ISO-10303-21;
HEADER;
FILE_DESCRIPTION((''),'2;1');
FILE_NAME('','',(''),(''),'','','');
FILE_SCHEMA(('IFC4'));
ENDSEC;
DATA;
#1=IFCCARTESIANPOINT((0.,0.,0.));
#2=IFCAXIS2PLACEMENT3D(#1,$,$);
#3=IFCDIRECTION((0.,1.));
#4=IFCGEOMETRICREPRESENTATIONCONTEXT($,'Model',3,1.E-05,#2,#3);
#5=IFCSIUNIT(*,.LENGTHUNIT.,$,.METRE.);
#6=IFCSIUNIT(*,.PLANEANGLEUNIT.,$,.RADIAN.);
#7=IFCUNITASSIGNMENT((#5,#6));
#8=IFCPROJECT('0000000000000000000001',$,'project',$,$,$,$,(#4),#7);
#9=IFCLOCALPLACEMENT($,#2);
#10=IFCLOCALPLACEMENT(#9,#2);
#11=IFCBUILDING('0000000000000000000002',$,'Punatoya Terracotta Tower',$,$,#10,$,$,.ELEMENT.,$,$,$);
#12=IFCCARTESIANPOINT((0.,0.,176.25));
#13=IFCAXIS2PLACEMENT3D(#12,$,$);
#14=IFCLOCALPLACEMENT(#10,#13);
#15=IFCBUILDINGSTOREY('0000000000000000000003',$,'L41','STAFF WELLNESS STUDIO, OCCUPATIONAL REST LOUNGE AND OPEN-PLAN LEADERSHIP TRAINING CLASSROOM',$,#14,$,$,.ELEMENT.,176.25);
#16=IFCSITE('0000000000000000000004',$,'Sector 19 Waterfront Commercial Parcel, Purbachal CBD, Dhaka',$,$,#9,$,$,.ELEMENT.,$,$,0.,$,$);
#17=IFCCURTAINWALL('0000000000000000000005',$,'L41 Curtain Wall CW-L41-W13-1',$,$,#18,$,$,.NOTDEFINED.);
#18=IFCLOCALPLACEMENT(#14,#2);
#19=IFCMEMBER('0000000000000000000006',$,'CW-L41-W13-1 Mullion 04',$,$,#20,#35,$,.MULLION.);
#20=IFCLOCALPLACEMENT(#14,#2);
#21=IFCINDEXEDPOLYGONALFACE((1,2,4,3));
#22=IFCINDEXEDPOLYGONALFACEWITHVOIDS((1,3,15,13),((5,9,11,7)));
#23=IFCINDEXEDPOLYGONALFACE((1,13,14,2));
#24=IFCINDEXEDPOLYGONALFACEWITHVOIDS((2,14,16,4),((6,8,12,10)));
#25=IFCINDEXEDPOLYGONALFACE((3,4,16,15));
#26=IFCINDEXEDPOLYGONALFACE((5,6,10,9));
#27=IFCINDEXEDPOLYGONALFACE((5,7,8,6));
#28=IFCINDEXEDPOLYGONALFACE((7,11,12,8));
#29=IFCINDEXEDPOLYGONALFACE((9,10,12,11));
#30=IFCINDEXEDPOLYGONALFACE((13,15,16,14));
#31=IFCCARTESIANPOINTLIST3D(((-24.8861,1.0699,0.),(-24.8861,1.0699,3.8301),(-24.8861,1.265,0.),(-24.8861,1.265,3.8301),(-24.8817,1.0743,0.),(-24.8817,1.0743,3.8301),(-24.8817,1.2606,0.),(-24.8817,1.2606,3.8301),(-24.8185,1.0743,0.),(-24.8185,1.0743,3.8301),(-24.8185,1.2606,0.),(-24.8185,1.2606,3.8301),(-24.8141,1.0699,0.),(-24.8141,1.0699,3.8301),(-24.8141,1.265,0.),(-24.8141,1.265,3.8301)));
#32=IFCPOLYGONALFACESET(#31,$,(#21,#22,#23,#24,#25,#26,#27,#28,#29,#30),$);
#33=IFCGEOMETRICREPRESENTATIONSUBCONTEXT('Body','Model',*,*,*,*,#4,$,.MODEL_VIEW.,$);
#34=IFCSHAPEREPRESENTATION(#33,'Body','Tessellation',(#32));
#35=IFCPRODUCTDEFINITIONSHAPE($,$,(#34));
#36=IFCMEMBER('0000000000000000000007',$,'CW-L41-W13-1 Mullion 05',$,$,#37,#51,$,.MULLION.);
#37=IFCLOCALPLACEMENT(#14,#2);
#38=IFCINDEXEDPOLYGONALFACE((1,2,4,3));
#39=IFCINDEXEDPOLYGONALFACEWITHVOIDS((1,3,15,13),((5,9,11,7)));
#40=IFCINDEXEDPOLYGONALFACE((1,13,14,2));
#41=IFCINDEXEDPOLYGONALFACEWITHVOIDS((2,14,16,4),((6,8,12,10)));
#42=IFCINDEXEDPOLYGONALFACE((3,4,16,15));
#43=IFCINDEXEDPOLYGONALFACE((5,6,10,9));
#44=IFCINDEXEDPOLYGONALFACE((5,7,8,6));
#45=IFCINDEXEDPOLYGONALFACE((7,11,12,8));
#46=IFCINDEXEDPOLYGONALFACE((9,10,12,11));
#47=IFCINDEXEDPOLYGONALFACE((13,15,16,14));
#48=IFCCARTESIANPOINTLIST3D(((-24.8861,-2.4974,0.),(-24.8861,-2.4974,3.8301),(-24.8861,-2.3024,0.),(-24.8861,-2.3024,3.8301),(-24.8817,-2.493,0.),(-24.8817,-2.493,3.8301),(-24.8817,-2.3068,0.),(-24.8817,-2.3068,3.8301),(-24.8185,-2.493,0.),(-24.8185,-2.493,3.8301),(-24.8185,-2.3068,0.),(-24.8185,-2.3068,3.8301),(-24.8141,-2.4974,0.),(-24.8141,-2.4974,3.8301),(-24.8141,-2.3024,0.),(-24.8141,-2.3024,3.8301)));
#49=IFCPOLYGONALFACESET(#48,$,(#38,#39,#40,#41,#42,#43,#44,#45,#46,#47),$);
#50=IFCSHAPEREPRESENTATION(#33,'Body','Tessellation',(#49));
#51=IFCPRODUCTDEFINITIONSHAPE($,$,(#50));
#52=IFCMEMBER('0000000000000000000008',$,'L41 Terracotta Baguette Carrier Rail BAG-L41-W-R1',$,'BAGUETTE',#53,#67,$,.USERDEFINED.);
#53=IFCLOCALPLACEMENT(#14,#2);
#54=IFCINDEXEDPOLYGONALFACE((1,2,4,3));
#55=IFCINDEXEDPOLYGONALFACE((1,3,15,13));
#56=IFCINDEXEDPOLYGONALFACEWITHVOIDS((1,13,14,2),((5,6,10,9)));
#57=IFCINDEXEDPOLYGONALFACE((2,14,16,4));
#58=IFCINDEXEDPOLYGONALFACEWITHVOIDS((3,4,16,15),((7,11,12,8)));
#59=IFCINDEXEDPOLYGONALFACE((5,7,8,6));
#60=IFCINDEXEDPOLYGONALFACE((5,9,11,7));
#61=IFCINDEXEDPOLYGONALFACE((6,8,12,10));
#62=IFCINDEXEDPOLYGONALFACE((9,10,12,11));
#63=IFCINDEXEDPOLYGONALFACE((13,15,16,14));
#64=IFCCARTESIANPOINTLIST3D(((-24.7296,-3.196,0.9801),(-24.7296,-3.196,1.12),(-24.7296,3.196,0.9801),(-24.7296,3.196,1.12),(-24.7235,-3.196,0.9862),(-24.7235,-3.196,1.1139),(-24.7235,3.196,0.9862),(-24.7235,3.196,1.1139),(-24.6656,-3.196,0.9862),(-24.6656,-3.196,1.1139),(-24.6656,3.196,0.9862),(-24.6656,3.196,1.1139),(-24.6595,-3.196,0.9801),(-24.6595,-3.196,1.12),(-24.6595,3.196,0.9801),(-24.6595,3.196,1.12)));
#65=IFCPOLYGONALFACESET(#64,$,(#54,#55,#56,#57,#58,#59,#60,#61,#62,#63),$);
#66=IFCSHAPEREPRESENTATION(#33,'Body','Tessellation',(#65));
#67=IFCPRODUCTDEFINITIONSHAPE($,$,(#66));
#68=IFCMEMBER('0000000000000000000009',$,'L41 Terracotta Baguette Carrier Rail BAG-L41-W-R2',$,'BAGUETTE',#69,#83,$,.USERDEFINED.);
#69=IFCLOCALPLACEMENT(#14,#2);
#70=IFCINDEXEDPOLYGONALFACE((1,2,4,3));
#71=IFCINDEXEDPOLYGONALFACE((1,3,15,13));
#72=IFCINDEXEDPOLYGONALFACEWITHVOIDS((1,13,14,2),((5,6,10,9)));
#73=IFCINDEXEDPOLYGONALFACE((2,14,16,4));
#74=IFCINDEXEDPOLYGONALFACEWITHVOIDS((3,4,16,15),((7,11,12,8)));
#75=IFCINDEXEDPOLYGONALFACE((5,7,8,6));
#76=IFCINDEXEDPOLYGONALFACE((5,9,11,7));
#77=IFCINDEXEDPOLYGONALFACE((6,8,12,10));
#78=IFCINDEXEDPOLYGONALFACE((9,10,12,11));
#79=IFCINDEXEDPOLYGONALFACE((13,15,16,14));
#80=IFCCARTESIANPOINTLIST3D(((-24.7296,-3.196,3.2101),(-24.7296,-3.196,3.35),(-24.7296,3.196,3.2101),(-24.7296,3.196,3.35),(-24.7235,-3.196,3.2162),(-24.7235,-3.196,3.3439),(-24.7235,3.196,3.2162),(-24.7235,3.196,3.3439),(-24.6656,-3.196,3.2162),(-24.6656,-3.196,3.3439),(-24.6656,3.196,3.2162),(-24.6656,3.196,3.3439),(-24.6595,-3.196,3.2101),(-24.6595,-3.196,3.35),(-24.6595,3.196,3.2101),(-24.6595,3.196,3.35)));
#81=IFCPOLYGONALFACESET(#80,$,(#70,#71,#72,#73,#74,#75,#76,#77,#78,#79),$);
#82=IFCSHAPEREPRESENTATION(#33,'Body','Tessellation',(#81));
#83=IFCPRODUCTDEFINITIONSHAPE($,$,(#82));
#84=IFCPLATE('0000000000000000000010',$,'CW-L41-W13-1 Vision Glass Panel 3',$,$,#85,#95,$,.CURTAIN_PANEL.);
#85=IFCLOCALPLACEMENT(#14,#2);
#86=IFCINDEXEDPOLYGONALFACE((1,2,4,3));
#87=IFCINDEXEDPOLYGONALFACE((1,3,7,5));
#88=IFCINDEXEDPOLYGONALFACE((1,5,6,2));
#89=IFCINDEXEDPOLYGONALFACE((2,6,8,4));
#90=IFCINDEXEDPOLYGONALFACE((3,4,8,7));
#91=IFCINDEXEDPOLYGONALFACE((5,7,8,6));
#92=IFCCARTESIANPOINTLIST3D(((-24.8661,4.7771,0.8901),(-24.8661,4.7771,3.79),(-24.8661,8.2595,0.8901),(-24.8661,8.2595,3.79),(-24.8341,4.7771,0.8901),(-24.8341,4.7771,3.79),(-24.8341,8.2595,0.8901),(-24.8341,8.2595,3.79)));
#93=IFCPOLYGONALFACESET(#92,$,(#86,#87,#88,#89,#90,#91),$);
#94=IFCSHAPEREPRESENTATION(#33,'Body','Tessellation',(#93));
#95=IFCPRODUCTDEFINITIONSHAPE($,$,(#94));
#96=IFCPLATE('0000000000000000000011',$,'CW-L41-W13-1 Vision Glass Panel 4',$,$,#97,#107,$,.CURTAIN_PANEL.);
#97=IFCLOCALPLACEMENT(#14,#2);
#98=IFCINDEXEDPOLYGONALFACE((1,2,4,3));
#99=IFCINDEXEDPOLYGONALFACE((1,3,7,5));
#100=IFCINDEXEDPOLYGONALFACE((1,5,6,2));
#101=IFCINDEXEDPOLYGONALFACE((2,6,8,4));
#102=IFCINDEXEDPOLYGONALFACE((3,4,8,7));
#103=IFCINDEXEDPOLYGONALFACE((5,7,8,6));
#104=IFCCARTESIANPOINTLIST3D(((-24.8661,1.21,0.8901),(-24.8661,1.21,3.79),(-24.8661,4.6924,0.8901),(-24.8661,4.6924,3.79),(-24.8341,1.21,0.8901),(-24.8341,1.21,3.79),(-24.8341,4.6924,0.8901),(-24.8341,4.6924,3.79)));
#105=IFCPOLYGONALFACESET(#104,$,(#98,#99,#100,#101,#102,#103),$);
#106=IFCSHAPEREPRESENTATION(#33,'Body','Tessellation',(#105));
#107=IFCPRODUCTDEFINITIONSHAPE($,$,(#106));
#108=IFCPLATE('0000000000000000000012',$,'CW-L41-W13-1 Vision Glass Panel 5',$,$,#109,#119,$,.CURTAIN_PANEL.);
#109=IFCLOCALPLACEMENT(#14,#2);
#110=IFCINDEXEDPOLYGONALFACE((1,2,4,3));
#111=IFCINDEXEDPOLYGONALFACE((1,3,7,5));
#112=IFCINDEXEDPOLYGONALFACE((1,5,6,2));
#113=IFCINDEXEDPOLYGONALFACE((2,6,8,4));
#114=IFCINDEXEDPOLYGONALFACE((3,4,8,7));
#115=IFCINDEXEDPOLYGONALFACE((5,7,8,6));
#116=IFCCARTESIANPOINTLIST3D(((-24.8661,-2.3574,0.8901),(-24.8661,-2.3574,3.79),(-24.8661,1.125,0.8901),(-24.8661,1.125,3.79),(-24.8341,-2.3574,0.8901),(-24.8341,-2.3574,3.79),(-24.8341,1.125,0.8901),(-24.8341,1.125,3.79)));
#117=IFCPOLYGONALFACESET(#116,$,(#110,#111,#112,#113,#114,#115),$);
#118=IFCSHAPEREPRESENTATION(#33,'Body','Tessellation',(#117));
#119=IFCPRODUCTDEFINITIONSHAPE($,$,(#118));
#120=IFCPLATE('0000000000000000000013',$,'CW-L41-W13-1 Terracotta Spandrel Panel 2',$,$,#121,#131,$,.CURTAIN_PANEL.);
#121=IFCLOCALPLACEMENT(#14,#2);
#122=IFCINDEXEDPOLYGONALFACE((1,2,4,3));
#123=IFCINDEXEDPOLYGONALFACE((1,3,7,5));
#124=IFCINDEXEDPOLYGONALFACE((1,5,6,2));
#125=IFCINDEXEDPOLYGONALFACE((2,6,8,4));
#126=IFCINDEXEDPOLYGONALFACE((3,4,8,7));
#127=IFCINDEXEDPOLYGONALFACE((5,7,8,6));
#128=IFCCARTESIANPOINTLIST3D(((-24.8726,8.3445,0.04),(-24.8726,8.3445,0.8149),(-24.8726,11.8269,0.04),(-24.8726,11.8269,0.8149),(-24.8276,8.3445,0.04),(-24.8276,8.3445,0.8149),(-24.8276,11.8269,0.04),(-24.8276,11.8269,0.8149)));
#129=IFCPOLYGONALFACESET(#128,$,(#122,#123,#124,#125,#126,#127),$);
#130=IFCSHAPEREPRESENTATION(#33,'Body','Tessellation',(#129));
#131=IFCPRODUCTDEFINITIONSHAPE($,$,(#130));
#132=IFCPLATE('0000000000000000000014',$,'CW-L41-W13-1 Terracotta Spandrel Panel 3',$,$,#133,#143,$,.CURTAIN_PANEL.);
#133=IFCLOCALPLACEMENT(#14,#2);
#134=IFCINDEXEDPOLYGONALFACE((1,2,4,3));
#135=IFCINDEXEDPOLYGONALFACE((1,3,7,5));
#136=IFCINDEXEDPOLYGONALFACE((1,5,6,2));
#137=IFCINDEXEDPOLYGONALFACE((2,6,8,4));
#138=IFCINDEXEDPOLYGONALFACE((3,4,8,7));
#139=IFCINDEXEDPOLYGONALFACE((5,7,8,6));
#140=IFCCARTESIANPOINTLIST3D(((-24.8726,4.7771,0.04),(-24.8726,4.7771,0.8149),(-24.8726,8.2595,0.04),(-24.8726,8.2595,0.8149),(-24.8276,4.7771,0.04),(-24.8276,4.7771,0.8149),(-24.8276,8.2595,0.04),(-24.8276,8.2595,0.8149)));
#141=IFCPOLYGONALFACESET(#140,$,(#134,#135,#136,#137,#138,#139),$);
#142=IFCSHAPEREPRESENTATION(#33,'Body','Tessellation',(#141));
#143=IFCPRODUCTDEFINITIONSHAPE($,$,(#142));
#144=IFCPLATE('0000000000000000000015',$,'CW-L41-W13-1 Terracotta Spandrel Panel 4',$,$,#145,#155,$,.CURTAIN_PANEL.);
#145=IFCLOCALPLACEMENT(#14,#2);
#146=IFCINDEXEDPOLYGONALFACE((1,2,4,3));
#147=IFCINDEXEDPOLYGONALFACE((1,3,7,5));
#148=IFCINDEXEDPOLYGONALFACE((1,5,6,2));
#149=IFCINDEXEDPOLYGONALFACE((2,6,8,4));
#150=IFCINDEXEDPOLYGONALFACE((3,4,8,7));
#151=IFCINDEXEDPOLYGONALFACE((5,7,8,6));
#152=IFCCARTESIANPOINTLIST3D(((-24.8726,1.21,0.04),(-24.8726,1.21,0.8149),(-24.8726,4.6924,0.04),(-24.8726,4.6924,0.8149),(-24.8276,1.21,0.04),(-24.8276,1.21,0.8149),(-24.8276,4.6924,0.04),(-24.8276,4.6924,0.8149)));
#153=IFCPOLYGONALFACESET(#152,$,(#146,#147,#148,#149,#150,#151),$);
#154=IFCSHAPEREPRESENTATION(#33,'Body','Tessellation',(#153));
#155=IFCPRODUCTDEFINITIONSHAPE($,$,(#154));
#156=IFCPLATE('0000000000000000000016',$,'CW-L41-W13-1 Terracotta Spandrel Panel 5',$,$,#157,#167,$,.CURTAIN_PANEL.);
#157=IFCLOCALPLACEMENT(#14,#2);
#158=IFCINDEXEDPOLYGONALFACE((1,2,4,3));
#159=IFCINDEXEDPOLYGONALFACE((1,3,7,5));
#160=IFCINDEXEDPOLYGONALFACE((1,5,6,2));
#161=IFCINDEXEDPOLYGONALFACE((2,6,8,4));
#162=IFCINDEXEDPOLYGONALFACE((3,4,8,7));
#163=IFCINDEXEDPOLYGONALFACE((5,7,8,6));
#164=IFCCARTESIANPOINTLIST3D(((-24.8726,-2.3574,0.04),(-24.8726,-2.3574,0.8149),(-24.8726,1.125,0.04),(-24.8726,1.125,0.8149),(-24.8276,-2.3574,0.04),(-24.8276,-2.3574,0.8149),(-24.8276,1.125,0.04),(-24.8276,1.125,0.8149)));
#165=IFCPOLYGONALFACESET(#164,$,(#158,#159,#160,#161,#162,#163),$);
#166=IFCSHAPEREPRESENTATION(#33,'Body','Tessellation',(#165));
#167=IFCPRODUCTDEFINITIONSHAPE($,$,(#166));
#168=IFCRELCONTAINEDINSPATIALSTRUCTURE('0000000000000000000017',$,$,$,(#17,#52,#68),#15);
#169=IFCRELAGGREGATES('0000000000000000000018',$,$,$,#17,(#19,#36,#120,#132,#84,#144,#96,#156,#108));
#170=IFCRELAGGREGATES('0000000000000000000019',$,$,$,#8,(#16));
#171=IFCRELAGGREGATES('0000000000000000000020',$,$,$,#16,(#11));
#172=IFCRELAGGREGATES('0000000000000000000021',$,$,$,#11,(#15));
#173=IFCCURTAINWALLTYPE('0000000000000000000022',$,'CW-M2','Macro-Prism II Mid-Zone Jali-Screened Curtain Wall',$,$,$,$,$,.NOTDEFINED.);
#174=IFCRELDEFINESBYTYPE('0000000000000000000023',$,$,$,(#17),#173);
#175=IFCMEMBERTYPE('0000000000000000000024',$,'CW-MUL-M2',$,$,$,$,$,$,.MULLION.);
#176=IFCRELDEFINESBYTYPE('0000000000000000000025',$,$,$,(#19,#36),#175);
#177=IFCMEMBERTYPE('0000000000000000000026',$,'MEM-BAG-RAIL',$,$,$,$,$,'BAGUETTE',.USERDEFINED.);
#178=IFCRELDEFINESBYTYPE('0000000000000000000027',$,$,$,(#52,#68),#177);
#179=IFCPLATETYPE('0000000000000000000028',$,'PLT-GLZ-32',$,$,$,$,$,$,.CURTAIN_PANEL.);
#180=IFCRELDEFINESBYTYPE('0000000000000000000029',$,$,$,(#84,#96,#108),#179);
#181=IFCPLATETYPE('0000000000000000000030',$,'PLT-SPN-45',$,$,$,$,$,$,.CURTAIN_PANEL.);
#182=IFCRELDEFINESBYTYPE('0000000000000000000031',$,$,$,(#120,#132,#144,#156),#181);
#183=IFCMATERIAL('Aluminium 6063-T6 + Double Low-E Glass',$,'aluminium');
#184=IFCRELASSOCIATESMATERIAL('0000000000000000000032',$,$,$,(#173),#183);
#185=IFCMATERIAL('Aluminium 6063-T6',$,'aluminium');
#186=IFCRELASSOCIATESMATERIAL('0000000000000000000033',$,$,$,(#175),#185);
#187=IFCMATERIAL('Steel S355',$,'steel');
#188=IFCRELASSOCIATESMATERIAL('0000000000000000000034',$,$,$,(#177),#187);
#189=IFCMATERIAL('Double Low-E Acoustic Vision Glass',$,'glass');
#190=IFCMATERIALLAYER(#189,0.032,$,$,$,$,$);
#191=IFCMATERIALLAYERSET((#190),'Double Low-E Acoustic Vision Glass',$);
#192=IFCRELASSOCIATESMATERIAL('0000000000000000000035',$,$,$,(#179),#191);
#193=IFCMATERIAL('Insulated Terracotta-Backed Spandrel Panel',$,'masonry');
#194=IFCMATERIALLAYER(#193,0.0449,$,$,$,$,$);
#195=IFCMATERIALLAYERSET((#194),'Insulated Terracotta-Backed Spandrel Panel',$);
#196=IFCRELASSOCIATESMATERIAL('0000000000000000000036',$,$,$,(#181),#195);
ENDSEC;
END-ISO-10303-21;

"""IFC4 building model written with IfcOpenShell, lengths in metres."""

from ifc_helpers import new_model, si_unit, direction, frame, origin, origin_2d, place, context, subcontext, project, spatial, rectangle, hollow_rectangle, extrude, material, layer, layer_set, material_profile, profile_set, type_object, element, aggregate, save


model = new_model("IFC4")

# Units and contexts
model_context = context("Model", 3, precision=1e-05, world=origin(), true_north=direction((0.0, 1.0)))
body_context = subcontext(model_context, "Body", "Model", "MODEL_VIEW")
ifc_project = project(units=[si_unit("LENGTHUNIT", "METRE"), si_unit("PLANEANGLEUNIT", "RADIAN")], contexts=[model_context])

# Site, building, storey
site_placement = place(None, origin())
site = spatial("IfcSite", under=ifc_project, at=site_placement, Name="Sector 19 Waterfront Commercial Parcel, Purbachal CBD, Dhaka", CompositionType="ELEMENT", RefElevation=0.0)
building_placement = place(site_placement, origin())
building = spatial("IfcBuilding", under=site, at=building_placement, Name="Punatoya Terracotta Tower", CompositionType="ELEMENT")
storey_placement = place(building_placement, frame((0.0, 0.0, 176.25)))
storey = spatial("IfcBuildingStorey", under=building, at=storey_placement, Name="L41", Description="STAFF WELLNESS STUDIO, OCCUPATIONAL REST LOUNGE AND OPEN-PLAN LEADERSHIP TRAINING CLASSROOM", CompositionType="ELEMENT", Elevation=176.25)

# Shared definitions
ifc_material_1 = material(Name="Steel S355", Category="steel")

# Curtain wall, members
ifc_material_2 = material(Name="Aluminium 6063-T6 + Double Low-E Glass", Category="aluminium")
curtain_wall_type = type_object("IfcCurtainWallType", Name="CW-M2", Description="Macro-Prism II Mid-Zone Jali-Screened Curtain Wall", PredefinedType="NOTDEFINED", material=ifc_material_2)
curtain_wall_placement = place(storey_placement, origin())
curtain_wall = element("IfcCurtainWall", 1, at=curtain_wall_placement, inside=storey, type_object=curtain_wall_type, Name="L41 Curtain Wall CW-L41-W13-1", PredefinedType="NOTDEFINED")
ifc_material_3 = material(Name="Aluminium 6063-T6", Category="aluminium")
ifc_material_profile_1 = material_profile(ifc_material_3, hollow_rectangle(XDim=0.072, YDim=0.1951, WallThickness=0.0044, at=origin_2d()))
ifc_profile_set_1 = profile_set([ifc_material_profile_1], Name="Aluminium 6063-T6")
member_type_1 = type_object("IfcMemberType", Name="CW-MUL-M2", PredefinedType="MULLION", material=ifc_profile_set_1)
member_1_placement = place(storey_placement, frame((-24.8501, 1.1675, 0.0), z_axis=(0.0, 0.0, 1.0), x_axis=(1.0, 0.0, 0.0)))
member_1 = element("IfcMember", 2, at=member_1_placement, type_object=member_type_1, Name="CW-L41-W13-1 Mullion 04", PredefinedType="MULLION", context=body_context, shape_type="SweptSolid", body=[
    extrude(hollow_rectangle(XDim=0.072, YDim=0.1951, WallThickness=0.0044, at=origin_2d()), origin(), (0.0, 0.0, 1.0), 3.8301),
])
member_2_placement = place(storey_placement, frame((-24.8501, -2.3999, 0.0), z_axis=(0.0, 0.0, 1.0), x_axis=(1.0, 0.0, 0.0)))
member_2 = element("IfcMember", 3, at=member_2_placement, type_object=member_type_1, Name="CW-L41-W13-1 Mullion 05", PredefinedType="MULLION", context=body_context, shape_type="SweptSolid", body=[
    extrude(hollow_rectangle(XDim=0.072, YDim=0.1951, WallThickness=0.0044, at=origin_2d()), origin(), (0.0, 0.0, 1.0), 3.8301),
])

# Members
ifc_material_profile_2 = material_profile(ifc_material_1, hollow_rectangle(XDim=0.0701, YDim=0.1399, WallThickness=0.0061, at=origin_2d()))
ifc_profile_set_2 = profile_set([ifc_material_profile_2], Name="Steel S355")
member_type_2 = type_object("IfcMemberType", Name="MEM-BAG-RAIL", ElementType="BAGUETTE", PredefinedType="USERDEFINED", material=ifc_profile_set_2)
for number, where, z_axis, x_axis, name in (
    (4, (-24.6946, -3.196, 1.05), (0.0, 1.0, 0.0), (-1.0, 0.0, 0.0), "L41 Terracotta Baguette Carrier Rail BAG-L41-W-R1"),
    (5, (-24.6946, -3.196, 3.28), (0.0, 1.0, 0.0), (-1.0, 0.0, 0.0), "L41 Terracotta Baguette Carrier Rail BAG-L41-W-R2"),
):
    element("IfcMember", number, at=place(storey_placement, frame(where, z_axis=z_axis, x_axis=x_axis)), inside=storey, type_object=member_type_2, Name=name, ObjectType="BAGUETTE", PredefinedType="USERDEFINED", context=body_context, shape_type="SweptSolid", body=[
        extrude(hollow_rectangle(XDim=0.0701, YDim=0.1399, WallThickness=0.0061, at=origin_2d()), origin(), (0.0, 0.0, 1.0), 6.3921),
    ])

# Plates
ifc_material_4 = material(Name="Double Low-E Acoustic Vision Glass", Category="glass")
ifc_layer_1 = layer(ifc_material_4, 0.032)
ifc_layer_set_1 = layer_set([ifc_layer_1], Name="Double Low-E Acoustic Vision Glass")
plate_type_1 = type_object("IfcPlateType", Name="PLT-GLZ-32", PredefinedType="CURTAIN_PANEL", material=ifc_layer_set_1)
plate_1_placement = place(storey_placement, frame((-24.8501, 6.5183, 0.8901), z_axis=(0.0, 0.0, 1.0), x_axis=(0.0, -1.0, 0.0)))
plate_1 = element("IfcPlate", 6, at=plate_1_placement, type_object=plate_type_1, Name="CW-L41-W13-1 Vision Glass Panel 3", PredefinedType="CURTAIN_PANEL", context=body_context, shape_type="SweptSolid", body=[
    extrude(rectangle(XDim=3.4824, YDim=0.032, at=origin_2d()), origin(), (0.0, 0.0, 1.0), 2.8999),
])
plate_2_placement = place(storey_placement, frame((-24.8501, 2.9512, 0.8901), z_axis=(0.0, 0.0, 1.0), x_axis=(0.0, -1.0, 0.0)))
plate_2 = element("IfcPlate", 7, at=plate_2_placement, type_object=plate_type_1, Name="CW-L41-W13-1 Vision Glass Panel 4", PredefinedType="CURTAIN_PANEL", context=body_context, shape_type="SweptSolid", body=[
    extrude(rectangle(XDim=3.4824, YDim=0.032, at=origin_2d()), origin(), (0.0, 0.0, 1.0), 2.8999),
])
plate_3_placement = place(storey_placement, frame((-24.8501, -0.6162, 0.8901), z_axis=(0.0, 0.0, 1.0), x_axis=(0.0, -1.0, 0.0)))
plate_3 = element("IfcPlate", 8, at=plate_3_placement, type_object=plate_type_1, Name="CW-L41-W13-1 Vision Glass Panel 5", PredefinedType="CURTAIN_PANEL", context=body_context, shape_type="SweptSolid", body=[
    extrude(rectangle(XDim=3.4824, YDim=0.032, at=origin_2d()), origin(), (0.0, 0.0, 1.0), 2.8999),
])
ifc_material_5 = material(Name="Insulated Terracotta-Backed Spandrel Panel", Category="masonry")
ifc_layer_2 = layer(ifc_material_5, 0.0449)
ifc_layer_set_2 = layer_set([ifc_layer_2], Name="Insulated Terracotta-Backed Spandrel Panel")
plate_type_2 = type_object("IfcPlateType", Name="PLT-SPN-45", PredefinedType="CURTAIN_PANEL", material=ifc_layer_set_2)
plate_4_placement = place(storey_placement, frame((-24.8501, 10.0857, 0.04), z_axis=(0.0, 0.0, 1.0), x_axis=(0.0, -1.0, 0.0)))
plate_4 = element("IfcPlate", 9, at=plate_4_placement, type_object=plate_type_2, Name="CW-L41-W13-1 Terracotta Spandrel Panel 2", PredefinedType="CURTAIN_PANEL", context=body_context, shape_type="SweptSolid", body=[
    extrude(rectangle(XDim=3.4824, YDim=0.0449, at=origin_2d()), origin(), (0.0, 0.0, 1.0), 0.7749),
])
plate_5_placement = place(storey_placement, frame((-24.8501, 6.5183, 0.04), z_axis=(0.0, 0.0, 1.0), x_axis=(0.0, -1.0, 0.0)))
plate_5 = element("IfcPlate", 10, at=plate_5_placement, type_object=plate_type_2, Name="CW-L41-W13-1 Terracotta Spandrel Panel 3", PredefinedType="CURTAIN_PANEL", context=body_context, shape_type="SweptSolid", body=[
    extrude(rectangle(XDim=3.4824, YDim=0.0449, at=origin_2d()), origin(), (0.0, 0.0, 1.0), 0.7749),
])
plate_6_placement = place(storey_placement, frame((-24.8501, 2.9512, 0.04), z_axis=(0.0, 0.0, 1.0), x_axis=(0.0, -1.0, 0.0)))
plate_6 = element("IfcPlate", 11, at=plate_6_placement, type_object=plate_type_2, Name="CW-L41-W13-1 Terracotta Spandrel Panel 4", PredefinedType="CURTAIN_PANEL", context=body_context, shape_type="SweptSolid", body=[
    extrude(rectangle(XDim=3.4824, YDim=0.0449, at=origin_2d()), origin(), (0.0, 0.0, 1.0), 0.7749),
])
plate_7_placement = place(storey_placement, frame((-24.8501, -0.6162, 0.04), z_axis=(0.0, 0.0, 1.0), x_axis=(0.0, -1.0, 0.0)))
plate_7 = element("IfcPlate", 12, at=plate_7_placement, type_object=plate_type_2, Name="CW-L41-W13-1 Terracotta Spandrel Panel 5", PredefinedType="CURTAIN_PANEL", context=body_context, shape_type="SweptSolid", body=[
    extrude(rectangle(XDim=3.4824, YDim=0.0449, at=origin_2d()), origin(), (0.0, 0.0, 1.0), 0.7749),
])
aggregate(curtain_wall, [member_1, member_2, plate_4, plate_5, plate_1, plate_6, plate_2, plate_7, plate_3])

save(model, "model.ifc")
